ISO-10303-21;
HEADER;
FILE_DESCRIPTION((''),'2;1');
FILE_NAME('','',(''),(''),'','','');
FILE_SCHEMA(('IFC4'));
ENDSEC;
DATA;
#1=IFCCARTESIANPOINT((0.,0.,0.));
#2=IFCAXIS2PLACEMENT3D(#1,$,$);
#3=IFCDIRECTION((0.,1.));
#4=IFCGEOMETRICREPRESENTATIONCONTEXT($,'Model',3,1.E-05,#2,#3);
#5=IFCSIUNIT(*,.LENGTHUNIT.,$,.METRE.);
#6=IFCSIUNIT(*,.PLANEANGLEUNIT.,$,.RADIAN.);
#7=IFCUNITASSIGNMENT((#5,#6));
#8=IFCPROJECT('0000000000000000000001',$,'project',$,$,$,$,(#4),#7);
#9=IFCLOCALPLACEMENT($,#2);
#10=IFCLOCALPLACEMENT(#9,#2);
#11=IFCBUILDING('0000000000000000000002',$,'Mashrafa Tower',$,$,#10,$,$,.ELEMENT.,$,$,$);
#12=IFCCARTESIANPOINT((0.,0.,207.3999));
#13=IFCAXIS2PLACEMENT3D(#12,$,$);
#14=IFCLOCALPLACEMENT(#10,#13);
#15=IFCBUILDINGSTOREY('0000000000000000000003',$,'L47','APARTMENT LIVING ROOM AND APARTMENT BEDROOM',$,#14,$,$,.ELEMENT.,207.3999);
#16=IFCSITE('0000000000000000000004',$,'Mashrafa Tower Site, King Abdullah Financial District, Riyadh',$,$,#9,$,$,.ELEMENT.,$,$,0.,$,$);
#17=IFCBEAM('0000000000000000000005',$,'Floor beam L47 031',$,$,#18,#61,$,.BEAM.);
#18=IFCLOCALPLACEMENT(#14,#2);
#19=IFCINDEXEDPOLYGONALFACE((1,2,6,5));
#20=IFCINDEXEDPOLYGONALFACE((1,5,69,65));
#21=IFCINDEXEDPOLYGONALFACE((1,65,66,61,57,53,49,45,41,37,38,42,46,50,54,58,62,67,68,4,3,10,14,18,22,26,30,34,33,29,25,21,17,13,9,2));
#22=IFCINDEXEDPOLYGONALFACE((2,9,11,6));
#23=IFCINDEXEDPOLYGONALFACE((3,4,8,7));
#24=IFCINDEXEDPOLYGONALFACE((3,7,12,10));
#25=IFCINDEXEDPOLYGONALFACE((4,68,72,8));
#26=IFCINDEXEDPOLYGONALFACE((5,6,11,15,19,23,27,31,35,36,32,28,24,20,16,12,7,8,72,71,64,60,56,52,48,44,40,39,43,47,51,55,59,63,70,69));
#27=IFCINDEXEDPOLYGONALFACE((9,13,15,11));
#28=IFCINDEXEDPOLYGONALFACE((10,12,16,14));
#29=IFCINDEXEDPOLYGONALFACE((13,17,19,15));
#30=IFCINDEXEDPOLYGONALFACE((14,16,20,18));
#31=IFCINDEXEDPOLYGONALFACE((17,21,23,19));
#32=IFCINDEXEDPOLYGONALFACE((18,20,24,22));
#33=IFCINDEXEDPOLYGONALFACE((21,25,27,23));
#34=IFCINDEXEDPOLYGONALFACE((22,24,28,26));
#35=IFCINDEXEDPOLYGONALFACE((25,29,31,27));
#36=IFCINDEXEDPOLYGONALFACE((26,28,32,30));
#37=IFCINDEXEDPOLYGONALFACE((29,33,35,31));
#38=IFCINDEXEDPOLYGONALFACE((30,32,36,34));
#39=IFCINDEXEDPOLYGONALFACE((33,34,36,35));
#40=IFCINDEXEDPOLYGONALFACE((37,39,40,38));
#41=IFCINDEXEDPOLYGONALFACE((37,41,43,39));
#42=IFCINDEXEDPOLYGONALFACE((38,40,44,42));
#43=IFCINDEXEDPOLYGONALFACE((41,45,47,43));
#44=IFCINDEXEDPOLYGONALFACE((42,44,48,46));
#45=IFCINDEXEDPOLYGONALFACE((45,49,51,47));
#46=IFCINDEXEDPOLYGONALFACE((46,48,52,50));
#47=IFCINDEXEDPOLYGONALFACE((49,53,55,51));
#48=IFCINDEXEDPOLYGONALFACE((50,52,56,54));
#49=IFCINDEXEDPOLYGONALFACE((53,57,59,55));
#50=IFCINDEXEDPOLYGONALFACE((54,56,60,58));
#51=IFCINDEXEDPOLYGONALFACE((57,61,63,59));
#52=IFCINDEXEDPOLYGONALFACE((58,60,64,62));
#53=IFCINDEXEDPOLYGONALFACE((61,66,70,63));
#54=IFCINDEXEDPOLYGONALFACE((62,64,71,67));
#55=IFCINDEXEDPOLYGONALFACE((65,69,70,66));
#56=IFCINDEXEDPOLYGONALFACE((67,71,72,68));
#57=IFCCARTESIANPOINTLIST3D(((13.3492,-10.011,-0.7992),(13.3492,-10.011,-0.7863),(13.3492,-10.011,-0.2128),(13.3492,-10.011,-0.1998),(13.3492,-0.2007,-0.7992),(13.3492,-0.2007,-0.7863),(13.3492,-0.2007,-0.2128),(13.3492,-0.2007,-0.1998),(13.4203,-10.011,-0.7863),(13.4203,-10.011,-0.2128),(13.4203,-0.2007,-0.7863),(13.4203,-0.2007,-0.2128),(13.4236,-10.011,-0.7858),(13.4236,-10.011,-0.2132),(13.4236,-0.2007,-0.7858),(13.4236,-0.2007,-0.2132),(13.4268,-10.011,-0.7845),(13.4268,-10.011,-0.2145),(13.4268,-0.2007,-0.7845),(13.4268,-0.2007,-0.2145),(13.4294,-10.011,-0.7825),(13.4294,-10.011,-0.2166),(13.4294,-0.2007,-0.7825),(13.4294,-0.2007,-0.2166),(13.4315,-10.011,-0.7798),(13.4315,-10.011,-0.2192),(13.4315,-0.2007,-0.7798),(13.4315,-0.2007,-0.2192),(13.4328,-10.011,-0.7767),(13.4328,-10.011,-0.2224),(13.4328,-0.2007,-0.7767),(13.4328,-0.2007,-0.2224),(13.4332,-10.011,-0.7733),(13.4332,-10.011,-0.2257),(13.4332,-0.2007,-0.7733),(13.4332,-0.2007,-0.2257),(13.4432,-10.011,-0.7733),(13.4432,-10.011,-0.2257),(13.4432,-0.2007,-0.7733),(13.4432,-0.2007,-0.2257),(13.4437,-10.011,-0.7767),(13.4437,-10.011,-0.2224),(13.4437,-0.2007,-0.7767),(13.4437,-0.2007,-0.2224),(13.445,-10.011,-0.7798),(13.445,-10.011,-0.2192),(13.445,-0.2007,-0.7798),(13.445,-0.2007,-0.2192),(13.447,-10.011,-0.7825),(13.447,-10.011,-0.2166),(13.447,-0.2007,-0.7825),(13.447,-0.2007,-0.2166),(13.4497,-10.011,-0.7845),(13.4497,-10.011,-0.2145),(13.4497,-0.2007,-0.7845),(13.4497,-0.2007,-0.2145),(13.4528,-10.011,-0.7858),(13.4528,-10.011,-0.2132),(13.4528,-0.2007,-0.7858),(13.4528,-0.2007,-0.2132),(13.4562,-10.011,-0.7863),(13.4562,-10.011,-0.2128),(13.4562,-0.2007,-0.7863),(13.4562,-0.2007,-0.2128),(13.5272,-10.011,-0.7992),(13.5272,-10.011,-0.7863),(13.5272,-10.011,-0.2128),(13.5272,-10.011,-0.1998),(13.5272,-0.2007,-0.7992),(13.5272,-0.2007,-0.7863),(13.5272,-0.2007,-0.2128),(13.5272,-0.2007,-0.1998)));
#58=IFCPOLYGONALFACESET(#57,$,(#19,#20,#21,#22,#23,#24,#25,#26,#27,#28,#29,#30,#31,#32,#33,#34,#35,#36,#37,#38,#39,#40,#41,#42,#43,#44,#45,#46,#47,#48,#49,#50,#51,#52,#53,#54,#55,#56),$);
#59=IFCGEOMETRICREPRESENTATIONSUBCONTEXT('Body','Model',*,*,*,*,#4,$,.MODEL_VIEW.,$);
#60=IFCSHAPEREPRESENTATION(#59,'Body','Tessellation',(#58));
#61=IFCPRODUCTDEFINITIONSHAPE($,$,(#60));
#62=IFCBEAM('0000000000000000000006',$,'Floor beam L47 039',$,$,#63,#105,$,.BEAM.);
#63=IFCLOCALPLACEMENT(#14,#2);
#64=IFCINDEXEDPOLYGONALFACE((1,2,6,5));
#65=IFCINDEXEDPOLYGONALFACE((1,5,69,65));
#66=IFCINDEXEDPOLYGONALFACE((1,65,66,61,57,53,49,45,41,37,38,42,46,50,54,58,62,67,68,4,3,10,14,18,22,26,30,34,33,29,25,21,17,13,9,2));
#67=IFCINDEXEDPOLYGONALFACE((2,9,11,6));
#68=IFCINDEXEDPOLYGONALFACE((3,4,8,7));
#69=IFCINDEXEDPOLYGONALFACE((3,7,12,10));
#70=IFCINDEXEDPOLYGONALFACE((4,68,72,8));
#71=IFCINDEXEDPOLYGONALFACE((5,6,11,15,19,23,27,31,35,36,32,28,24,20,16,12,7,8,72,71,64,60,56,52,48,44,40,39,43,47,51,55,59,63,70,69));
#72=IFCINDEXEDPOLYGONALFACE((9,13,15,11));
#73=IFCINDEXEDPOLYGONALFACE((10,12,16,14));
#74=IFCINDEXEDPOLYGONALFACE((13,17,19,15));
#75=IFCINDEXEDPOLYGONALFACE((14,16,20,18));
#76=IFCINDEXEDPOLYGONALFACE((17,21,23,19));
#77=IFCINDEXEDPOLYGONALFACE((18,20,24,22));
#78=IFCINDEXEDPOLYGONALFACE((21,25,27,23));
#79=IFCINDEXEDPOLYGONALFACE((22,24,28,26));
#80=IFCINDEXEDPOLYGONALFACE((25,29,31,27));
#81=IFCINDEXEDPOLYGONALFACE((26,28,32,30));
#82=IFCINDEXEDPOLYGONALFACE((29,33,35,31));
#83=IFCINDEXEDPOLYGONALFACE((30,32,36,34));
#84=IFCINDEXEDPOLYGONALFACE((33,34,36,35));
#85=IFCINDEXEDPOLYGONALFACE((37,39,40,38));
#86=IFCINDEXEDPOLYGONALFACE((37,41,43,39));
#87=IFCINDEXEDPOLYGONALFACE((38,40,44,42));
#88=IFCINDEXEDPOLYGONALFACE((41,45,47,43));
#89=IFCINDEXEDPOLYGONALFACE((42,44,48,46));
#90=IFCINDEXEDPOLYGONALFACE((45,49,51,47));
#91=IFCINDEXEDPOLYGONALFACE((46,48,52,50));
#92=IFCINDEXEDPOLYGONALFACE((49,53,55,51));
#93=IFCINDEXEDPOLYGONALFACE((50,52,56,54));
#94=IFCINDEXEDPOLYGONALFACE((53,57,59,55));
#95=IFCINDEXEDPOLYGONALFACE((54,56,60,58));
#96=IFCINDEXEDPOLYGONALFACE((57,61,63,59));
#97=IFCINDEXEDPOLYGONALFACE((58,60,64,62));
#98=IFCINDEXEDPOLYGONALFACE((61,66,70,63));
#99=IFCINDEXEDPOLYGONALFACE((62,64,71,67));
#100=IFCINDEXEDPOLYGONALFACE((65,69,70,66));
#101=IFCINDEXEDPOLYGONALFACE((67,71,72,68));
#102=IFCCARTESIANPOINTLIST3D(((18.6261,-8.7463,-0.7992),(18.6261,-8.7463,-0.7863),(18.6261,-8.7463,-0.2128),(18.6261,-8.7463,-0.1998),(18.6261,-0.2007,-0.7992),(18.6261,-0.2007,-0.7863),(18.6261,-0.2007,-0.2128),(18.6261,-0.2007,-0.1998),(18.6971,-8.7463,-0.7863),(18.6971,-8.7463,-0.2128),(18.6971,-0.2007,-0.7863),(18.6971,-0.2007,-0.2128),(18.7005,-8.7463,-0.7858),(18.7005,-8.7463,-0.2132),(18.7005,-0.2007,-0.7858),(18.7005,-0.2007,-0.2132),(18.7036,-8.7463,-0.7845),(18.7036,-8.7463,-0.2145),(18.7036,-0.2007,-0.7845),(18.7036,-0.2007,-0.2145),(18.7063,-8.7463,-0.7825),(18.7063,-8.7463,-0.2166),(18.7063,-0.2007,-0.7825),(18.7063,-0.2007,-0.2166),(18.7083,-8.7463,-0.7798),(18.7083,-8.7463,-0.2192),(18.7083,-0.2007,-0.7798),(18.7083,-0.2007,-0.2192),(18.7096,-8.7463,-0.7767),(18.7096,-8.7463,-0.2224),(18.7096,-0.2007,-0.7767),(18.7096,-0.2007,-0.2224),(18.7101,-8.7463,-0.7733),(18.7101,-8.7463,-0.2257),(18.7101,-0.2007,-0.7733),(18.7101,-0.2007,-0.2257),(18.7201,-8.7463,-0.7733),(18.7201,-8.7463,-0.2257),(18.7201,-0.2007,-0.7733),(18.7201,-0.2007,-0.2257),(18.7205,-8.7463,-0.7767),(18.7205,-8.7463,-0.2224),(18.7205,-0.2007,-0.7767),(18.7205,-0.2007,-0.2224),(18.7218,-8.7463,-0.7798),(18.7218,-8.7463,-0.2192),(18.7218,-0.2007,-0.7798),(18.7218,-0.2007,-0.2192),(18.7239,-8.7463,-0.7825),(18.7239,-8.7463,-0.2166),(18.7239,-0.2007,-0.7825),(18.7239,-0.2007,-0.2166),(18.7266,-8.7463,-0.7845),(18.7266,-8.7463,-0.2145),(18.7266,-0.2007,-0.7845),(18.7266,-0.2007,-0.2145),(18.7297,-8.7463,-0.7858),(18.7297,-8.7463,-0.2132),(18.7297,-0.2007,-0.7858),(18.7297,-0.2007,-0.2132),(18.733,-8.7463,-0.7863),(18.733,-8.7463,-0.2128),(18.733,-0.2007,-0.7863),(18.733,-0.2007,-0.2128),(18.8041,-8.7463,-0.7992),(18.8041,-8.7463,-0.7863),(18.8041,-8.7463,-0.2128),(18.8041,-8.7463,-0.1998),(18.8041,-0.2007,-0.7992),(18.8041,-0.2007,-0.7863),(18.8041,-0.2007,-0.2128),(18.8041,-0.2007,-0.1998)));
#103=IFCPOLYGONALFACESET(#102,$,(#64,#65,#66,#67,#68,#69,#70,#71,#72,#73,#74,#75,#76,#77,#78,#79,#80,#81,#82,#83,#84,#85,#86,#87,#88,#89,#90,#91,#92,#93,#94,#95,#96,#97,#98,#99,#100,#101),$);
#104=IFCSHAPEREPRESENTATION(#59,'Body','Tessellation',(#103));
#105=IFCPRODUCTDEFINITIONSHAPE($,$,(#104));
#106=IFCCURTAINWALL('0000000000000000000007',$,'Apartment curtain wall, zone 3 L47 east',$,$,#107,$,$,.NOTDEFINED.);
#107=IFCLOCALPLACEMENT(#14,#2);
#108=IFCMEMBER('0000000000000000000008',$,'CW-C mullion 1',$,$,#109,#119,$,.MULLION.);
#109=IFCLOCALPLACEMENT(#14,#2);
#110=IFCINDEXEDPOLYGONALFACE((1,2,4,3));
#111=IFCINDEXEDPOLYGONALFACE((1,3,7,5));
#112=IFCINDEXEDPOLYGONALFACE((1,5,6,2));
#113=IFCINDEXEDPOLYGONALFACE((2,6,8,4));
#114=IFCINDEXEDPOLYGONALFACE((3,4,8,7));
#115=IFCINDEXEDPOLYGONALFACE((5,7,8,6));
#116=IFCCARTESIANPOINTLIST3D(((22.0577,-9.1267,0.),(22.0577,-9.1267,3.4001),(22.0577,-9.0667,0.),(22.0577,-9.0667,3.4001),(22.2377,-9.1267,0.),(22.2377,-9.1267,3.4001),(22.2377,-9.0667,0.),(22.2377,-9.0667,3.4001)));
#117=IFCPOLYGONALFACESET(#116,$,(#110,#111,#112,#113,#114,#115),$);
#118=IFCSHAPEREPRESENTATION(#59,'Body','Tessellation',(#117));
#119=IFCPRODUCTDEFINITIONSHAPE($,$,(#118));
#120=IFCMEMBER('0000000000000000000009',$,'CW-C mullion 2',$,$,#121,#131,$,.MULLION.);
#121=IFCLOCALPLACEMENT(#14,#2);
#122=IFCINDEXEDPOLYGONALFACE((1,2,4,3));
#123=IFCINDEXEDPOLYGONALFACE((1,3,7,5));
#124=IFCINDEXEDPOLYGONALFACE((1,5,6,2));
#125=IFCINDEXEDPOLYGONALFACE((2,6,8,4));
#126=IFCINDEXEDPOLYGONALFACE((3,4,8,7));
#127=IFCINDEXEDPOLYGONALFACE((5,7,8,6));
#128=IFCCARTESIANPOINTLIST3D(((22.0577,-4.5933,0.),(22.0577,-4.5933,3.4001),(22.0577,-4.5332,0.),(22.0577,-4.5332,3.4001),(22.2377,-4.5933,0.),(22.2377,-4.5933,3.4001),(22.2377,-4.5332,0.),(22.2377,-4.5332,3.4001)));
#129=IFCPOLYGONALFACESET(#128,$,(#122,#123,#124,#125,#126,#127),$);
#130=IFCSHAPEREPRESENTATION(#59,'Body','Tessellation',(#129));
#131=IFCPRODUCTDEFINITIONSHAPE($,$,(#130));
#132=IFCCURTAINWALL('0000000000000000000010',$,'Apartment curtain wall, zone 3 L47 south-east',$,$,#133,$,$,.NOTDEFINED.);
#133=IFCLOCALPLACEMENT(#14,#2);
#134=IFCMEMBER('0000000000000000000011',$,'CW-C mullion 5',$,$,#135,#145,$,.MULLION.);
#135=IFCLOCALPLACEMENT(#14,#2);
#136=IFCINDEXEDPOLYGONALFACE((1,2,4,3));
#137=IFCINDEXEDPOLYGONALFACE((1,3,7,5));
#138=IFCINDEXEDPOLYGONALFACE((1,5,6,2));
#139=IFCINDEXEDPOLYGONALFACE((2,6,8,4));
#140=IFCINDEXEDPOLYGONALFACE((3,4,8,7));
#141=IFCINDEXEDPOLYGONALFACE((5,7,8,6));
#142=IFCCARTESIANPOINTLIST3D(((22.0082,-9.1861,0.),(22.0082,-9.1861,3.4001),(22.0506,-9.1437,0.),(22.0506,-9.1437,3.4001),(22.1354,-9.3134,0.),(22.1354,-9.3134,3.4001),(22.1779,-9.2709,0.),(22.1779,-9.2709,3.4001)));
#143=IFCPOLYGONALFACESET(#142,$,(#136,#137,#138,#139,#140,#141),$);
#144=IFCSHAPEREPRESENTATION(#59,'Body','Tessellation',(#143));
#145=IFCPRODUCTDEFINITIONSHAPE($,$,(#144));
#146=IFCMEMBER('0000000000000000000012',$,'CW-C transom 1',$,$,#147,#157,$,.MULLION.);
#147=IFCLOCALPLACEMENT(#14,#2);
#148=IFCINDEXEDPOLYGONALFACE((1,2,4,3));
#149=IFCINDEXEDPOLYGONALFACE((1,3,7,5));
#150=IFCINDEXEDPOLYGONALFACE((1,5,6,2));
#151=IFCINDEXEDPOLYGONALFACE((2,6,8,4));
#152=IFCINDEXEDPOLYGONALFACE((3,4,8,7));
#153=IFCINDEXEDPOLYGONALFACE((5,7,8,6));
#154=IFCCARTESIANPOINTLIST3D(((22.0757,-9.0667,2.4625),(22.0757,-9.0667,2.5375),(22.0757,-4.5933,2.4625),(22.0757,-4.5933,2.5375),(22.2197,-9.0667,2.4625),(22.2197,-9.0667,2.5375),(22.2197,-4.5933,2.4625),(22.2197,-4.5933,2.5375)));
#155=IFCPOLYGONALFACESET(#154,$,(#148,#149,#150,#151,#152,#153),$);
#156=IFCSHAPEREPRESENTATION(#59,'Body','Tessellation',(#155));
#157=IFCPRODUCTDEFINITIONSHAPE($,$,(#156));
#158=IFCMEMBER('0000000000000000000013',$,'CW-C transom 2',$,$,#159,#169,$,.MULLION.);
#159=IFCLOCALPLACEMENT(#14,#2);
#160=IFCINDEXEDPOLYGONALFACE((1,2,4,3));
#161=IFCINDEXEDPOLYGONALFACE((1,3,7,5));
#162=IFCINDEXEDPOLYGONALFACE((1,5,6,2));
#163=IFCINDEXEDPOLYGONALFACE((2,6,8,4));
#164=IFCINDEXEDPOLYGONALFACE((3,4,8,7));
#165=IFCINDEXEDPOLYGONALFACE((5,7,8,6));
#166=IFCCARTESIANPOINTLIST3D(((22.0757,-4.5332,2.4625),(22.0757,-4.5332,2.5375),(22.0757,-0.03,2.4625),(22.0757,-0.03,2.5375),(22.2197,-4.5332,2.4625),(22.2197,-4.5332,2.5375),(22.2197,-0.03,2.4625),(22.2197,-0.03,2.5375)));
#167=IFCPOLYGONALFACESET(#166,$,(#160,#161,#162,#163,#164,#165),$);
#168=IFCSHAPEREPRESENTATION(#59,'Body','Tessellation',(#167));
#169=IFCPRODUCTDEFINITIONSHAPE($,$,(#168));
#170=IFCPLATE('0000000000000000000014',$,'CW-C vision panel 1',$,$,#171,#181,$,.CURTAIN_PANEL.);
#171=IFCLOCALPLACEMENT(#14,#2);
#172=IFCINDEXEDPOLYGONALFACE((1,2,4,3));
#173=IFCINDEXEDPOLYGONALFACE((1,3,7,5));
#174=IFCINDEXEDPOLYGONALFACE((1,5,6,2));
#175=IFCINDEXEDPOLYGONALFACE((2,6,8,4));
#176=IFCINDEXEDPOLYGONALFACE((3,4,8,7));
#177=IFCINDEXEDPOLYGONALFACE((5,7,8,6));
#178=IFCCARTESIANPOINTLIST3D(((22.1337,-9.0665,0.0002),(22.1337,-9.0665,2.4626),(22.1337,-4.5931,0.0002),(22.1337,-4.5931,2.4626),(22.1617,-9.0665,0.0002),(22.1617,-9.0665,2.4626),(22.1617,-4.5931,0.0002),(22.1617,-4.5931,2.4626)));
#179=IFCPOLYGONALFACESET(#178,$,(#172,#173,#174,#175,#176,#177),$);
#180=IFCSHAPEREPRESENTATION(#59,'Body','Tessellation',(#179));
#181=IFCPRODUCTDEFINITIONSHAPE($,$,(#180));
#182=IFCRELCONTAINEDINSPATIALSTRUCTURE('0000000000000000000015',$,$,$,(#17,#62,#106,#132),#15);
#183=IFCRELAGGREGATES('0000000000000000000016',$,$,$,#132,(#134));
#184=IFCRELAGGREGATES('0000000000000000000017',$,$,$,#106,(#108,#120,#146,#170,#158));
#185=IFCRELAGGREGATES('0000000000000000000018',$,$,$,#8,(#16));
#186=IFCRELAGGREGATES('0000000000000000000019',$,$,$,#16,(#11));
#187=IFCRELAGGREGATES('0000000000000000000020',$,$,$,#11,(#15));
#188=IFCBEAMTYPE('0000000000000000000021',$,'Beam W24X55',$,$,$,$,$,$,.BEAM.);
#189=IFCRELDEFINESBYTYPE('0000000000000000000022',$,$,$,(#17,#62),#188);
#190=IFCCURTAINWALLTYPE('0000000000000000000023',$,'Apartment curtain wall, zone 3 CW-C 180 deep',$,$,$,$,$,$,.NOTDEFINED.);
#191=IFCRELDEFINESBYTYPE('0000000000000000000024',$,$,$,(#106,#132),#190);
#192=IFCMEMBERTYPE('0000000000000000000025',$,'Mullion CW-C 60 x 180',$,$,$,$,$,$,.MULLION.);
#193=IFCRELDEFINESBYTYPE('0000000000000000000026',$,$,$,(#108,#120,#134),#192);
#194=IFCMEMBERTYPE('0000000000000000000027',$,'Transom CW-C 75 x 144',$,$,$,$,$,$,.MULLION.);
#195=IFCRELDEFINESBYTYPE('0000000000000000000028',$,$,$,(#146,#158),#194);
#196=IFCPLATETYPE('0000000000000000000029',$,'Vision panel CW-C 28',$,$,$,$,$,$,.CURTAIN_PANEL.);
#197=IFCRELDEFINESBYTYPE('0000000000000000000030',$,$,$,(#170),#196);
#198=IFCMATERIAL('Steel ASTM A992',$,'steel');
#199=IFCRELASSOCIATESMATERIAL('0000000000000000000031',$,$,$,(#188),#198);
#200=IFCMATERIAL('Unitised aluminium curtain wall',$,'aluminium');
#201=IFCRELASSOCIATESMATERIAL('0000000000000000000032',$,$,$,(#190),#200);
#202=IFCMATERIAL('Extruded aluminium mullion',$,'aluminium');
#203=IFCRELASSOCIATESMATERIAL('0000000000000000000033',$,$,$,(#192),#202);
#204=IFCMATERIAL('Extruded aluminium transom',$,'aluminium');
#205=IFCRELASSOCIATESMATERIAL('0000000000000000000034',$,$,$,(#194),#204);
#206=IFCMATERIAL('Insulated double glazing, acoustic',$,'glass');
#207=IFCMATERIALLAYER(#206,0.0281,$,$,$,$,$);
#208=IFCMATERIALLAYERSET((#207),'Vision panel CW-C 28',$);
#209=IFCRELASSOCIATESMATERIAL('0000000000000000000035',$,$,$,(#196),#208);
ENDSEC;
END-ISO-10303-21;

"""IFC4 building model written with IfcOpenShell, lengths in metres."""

from ifc_helpers import new_model, si_unit, direction, frame, origin, origin_2d, place, context, subcontext, project, spatial, rectangle, i_section, extrude, source, transform, mapped, material, layer, layer_set, material_profile, profile_set, type_object, type_shapes, element, aggregate, save


model = new_model("IFC4")

# Units and contexts
model_context = context("Model", 3, precision=1e-05, world=origin(), true_north=direction((0.0, 1.0)))
body_context = subcontext(model_context, "Body", "Model", "MODEL_VIEW")
ifc_project = project(units=[si_unit("LENGTHUNIT", "METRE"), si_unit("PLANEANGLEUNIT", "RADIAN")], contexts=[model_context])

# Site, building, storey
site_placement = place(None, origin())
site = spatial("IfcSite", under=ifc_project, at=site_placement, Name="Mashrafa Tower Site, King Abdullah Financial District, Riyadh", CompositionType="ELEMENT", RefElevation=0.0)
building_placement = place(site_placement, origin())
building = spatial("IfcBuilding", under=site, at=building_placement, Name="Mashrafa Tower", CompositionType="ELEMENT")
storey_placement = place(building_placement, frame((0.0, 0.0, 207.3999)))
storey = spatial("IfcBuildingStorey", under=building, at=storey_placement, Name="L47", Description="APARTMENT LIVING ROOM AND APARTMENT BEDROOM", CompositionType="ELEMENT", Elevation=207.3999)

# Beams
ifc_material_1 = material(Name="Steel ASTM A992", Category="steel")
ifc_material_profile_1 = material_profile(ifc_material_1, i_section(OverallWidth=0.178, OverallDepth=0.5994, WebThickness=0.01, FlangeThickness=0.0129, FilletRadius=0.0129, at=origin_2d()), Name="W24X55")
ifc_profile_set_1 = profile_set([ifc_material_profile_1], Name="Steel ASTM A992")
beam_type_1 = type_object("IfcBeamType", Name="Beam W24X55", PredefinedType="BEAM", material=ifc_profile_set_1)
beam_1_placement = place(storey_placement, frame((13.4382, -0.2007, -0.4995), z_axis=(0.0, -1.0, 0.0), x_axis=(1.0, 0.0, 0.0)))
element("IfcBeam", 1, at=beam_1_placement, inside=storey, type_object=beam_type_1, Name="Floor beam L47 031", PredefinedType="BEAM", context=body_context, shape_type="SweptSolid", body=[
    extrude(i_section(OverallWidth=0.178, OverallDepth=0.5994, WebThickness=0.01, FlangeThickness=0.0129, FilletRadius=0.0129, at=origin_2d()), origin(), (0.0, 0.0, 1.0), 9.8103),
])
beam_2_placement = place(storey_placement, frame((18.7151, -0.2007, -0.4995), z_axis=(0.0, -1.0, 0.0), x_axis=(1.0, 0.0, 0.0)))
element("IfcBeam", 2, at=beam_2_placement, inside=storey, type_object=beam_type_1, Name="Floor beam L47 039", PredefinedType="BEAM", context=body_context, shape_type="SweptSolid", body=[
    extrude(i_section(OverallWidth=0.178, OverallDepth=0.5994, WebThickness=0.01, FlangeThickness=0.0129, FilletRadius=0.0129, at=origin_2d()), origin(), (0.0, 0.0, 1.0), 8.5457),
])

# Curtain wall, members
ifc_material_2 = material(Name="Unitised aluminium curtain wall", Category="aluminium")
curtain_wall_type = type_object("IfcCurtainWallType", Name="Apartment curtain wall, zone 3 CW-C 180 deep", PredefinedType="NOTDEFINED", material=ifc_material_2)
curtain_wall_1_placement = place(storey_placement, origin())
curtain_wall_1 = element("IfcCurtainWall", 3, at=curtain_wall_1_placement, inside=storey, type_object=curtain_wall_type, Name="Apartment curtain wall, zone 3 L47 east", PredefinedType="NOTDEFINED")
ifc_material_3 = material(Name="Extruded aluminium mullion", Category="aluminium")
ifc_material_profile_2 = material_profile(ifc_material_3, rectangle(XDim=0.1799, YDim=0.0601, at=origin_2d()), Name="Mullion 60x180")
ifc_profile_set_2 = profile_set([ifc_material_profile_2], Name="Extruded aluminium mullion")
member_type_1 = type_object("IfcMemberType", Name="Mullion CW-C 60 x 180", PredefinedType="MULLION", material=ifc_profile_set_2)
shared_shape_1 = source(origin(), body_context, "Body", "SweptSolid", [
    extrude(rectangle(XDim=0.1799, YDim=0.0601, at=origin_2d()), origin(), (0.0, 0.0, 1.0), 3.4001),
])
type_shapes(member_type_1, [shared_shape_1])
member_1_placement = place(storey_placement, frame((22.1477, -9.0967, 0.0), z_axis=(0.0, 0.0, 1.0), x_axis=(-1.0, 0.0, 0.0)))
member_1 = element("IfcMember", 4, at=member_1_placement, type_object=member_type_1, Name="CW-C mullion 1", PredefinedType="MULLION", context=body_context, shape_type="MappedRepresentation", body=[
    mapped(shared_shape_1, transform((0.0, 0.0, 0.0))),
])
member_2_placement = place(storey_placement, frame((22.1477, -4.5632, 0.0), z_axis=(0.0, 0.0, 1.0), x_axis=(-1.0, 0.0, 0.0)))
member_2 = element("IfcMember", 5, at=member_2_placement, type_object=member_type_1, Name="CW-C mullion 2", PredefinedType="MULLION", context=body_context, shape_type="MappedRepresentation", body=[
    mapped(shared_shape_1, transform((0.0, 0.0, 0.0))),
])

# Curtain wall, member
curtain_wall_2_placement = place(storey_placement, origin())
curtain_wall_2 = element("IfcCurtainWall", 6, at=curtain_wall_2_placement, inside=storey, type_object=curtain_wall_type, Name="Apartment curtain wall, zone 3 L47 south-east", PredefinedType="NOTDEFINED")
member_3_placement = place(storey_placement, frame((22.093, -9.2285, 0.0), z_axis=(0.0, 0.0, 1.0), x_axis=(-0.707107, 0.707107, 0.0)))
member_3 = element("IfcMember", 7, at=member_3_placement, type_object=member_type_1, Name="CW-C mullion 5", PredefinedType="MULLION", context=body_context, shape_type="MappedRepresentation", body=[
    mapped(shared_shape_1, transform((0.0, 0.0, 0.0))),
])
aggregate(curtain_wall_2, [member_3])

# Members
ifc_material_4 = material(Name="Extruded aluminium transom", Category="aluminium")
ifc_material_profile_3 = material_profile(ifc_material_4, rectangle(XDim=0.144, YDim=0.075, at=origin_2d()), Name="Transom 75x144")
ifc_profile_set_3 = profile_set([ifc_material_profile_3], Name="Extruded aluminium transom")
member_type_2 = type_object("IfcMemberType", Name="Transom CW-C 75 x 144", PredefinedType="MULLION", material=ifc_profile_set_3)
shared_shape_2 = source(origin(), body_context, "Body", "SweptSolid", [
    extrude(rectangle(XDim=0.144, YDim=0.075, at=origin_2d()), origin(), (0.0, 0.0, 1.0), 4.4734),
])
member_4_placement = place(storey_placement, frame((22.1477, -9.0667, 2.5), z_axis=(0.0, 1.0, 0.0), x_axis=(-1.0, 0.0, 0.0)))
member_4 = element("IfcMember", 8, at=member_4_placement, type_object=member_type_2, Name="CW-C transom 1", PredefinedType="MULLION", context=body_context, shape_type="MappedRepresentation", body=[
    mapped(shared_shape_2, transform((0.0, 0.0, 0.0))),
])
shared_shape_3 = source(origin(), body_context, "Body", "SweptSolid", [
    extrude(rectangle(XDim=0.144, YDim=0.075, at=origin_2d()), origin(), (0.0, 0.0, 1.0), 4.5032),
])
type_shapes(member_type_2, [shared_shape_2, shared_shape_3])
member_5_placement = place(storey_placement, frame((22.1477, -4.5332, 2.5), z_axis=(0.0, 1.0, 0.0), x_axis=(-1.0, 0.0, 0.0)))
member_5 = element("IfcMember", 9, at=member_5_placement, type_object=member_type_2, Name="CW-C transom 2", PredefinedType="MULLION", context=body_context, shape_type="MappedRepresentation", body=[
    mapped(shared_shape_3, transform((0.0, 0.0, 0.0))),
])

# Plate
ifc_material_5 = material(Name="Insulated double glazing, acoustic", Category="glass")
ifc_layer_1 = layer(ifc_material_5, 0.0281)
ifc_layer_set_1 = layer_set([ifc_layer_1], Name="Vision panel CW-C 28")
plate_type_1 = type_object("IfcPlateType", Name="Vision panel CW-C 28", PredefinedType="CURTAIN_PANEL", material=ifc_layer_set_1)
shared_shape_4 = source(origin(), body_context, "Body", "SweptSolid", [
    extrude(rectangle(XDim=4.4734, YDim=0.0281, at=origin_2d()), origin(), (0.0, 0.0, 1.0), 2.4624),
])
plate_1_placement = place(storey_placement, frame((22.1477, -6.8298, 0.0002), z_axis=(0.0, 0.0, 1.0), x_axis=(0.0, 1.0, 0.0)))
plate_1 = element("IfcPlate", 10, at=plate_1_placement, type_object=plate_type_1, Name="CW-C vision panel 1", PredefinedType="CURTAIN_PANEL", context=body_context, shape_type="MappedRepresentation", body=[
    mapped(shared_shape_4, transform((0.0, 0.0, 0.0))),
])
aggregate(curtain_wall_1, [member_1, member_2, member_4, plate_1, member_5])

save(model, "model.ifc")
